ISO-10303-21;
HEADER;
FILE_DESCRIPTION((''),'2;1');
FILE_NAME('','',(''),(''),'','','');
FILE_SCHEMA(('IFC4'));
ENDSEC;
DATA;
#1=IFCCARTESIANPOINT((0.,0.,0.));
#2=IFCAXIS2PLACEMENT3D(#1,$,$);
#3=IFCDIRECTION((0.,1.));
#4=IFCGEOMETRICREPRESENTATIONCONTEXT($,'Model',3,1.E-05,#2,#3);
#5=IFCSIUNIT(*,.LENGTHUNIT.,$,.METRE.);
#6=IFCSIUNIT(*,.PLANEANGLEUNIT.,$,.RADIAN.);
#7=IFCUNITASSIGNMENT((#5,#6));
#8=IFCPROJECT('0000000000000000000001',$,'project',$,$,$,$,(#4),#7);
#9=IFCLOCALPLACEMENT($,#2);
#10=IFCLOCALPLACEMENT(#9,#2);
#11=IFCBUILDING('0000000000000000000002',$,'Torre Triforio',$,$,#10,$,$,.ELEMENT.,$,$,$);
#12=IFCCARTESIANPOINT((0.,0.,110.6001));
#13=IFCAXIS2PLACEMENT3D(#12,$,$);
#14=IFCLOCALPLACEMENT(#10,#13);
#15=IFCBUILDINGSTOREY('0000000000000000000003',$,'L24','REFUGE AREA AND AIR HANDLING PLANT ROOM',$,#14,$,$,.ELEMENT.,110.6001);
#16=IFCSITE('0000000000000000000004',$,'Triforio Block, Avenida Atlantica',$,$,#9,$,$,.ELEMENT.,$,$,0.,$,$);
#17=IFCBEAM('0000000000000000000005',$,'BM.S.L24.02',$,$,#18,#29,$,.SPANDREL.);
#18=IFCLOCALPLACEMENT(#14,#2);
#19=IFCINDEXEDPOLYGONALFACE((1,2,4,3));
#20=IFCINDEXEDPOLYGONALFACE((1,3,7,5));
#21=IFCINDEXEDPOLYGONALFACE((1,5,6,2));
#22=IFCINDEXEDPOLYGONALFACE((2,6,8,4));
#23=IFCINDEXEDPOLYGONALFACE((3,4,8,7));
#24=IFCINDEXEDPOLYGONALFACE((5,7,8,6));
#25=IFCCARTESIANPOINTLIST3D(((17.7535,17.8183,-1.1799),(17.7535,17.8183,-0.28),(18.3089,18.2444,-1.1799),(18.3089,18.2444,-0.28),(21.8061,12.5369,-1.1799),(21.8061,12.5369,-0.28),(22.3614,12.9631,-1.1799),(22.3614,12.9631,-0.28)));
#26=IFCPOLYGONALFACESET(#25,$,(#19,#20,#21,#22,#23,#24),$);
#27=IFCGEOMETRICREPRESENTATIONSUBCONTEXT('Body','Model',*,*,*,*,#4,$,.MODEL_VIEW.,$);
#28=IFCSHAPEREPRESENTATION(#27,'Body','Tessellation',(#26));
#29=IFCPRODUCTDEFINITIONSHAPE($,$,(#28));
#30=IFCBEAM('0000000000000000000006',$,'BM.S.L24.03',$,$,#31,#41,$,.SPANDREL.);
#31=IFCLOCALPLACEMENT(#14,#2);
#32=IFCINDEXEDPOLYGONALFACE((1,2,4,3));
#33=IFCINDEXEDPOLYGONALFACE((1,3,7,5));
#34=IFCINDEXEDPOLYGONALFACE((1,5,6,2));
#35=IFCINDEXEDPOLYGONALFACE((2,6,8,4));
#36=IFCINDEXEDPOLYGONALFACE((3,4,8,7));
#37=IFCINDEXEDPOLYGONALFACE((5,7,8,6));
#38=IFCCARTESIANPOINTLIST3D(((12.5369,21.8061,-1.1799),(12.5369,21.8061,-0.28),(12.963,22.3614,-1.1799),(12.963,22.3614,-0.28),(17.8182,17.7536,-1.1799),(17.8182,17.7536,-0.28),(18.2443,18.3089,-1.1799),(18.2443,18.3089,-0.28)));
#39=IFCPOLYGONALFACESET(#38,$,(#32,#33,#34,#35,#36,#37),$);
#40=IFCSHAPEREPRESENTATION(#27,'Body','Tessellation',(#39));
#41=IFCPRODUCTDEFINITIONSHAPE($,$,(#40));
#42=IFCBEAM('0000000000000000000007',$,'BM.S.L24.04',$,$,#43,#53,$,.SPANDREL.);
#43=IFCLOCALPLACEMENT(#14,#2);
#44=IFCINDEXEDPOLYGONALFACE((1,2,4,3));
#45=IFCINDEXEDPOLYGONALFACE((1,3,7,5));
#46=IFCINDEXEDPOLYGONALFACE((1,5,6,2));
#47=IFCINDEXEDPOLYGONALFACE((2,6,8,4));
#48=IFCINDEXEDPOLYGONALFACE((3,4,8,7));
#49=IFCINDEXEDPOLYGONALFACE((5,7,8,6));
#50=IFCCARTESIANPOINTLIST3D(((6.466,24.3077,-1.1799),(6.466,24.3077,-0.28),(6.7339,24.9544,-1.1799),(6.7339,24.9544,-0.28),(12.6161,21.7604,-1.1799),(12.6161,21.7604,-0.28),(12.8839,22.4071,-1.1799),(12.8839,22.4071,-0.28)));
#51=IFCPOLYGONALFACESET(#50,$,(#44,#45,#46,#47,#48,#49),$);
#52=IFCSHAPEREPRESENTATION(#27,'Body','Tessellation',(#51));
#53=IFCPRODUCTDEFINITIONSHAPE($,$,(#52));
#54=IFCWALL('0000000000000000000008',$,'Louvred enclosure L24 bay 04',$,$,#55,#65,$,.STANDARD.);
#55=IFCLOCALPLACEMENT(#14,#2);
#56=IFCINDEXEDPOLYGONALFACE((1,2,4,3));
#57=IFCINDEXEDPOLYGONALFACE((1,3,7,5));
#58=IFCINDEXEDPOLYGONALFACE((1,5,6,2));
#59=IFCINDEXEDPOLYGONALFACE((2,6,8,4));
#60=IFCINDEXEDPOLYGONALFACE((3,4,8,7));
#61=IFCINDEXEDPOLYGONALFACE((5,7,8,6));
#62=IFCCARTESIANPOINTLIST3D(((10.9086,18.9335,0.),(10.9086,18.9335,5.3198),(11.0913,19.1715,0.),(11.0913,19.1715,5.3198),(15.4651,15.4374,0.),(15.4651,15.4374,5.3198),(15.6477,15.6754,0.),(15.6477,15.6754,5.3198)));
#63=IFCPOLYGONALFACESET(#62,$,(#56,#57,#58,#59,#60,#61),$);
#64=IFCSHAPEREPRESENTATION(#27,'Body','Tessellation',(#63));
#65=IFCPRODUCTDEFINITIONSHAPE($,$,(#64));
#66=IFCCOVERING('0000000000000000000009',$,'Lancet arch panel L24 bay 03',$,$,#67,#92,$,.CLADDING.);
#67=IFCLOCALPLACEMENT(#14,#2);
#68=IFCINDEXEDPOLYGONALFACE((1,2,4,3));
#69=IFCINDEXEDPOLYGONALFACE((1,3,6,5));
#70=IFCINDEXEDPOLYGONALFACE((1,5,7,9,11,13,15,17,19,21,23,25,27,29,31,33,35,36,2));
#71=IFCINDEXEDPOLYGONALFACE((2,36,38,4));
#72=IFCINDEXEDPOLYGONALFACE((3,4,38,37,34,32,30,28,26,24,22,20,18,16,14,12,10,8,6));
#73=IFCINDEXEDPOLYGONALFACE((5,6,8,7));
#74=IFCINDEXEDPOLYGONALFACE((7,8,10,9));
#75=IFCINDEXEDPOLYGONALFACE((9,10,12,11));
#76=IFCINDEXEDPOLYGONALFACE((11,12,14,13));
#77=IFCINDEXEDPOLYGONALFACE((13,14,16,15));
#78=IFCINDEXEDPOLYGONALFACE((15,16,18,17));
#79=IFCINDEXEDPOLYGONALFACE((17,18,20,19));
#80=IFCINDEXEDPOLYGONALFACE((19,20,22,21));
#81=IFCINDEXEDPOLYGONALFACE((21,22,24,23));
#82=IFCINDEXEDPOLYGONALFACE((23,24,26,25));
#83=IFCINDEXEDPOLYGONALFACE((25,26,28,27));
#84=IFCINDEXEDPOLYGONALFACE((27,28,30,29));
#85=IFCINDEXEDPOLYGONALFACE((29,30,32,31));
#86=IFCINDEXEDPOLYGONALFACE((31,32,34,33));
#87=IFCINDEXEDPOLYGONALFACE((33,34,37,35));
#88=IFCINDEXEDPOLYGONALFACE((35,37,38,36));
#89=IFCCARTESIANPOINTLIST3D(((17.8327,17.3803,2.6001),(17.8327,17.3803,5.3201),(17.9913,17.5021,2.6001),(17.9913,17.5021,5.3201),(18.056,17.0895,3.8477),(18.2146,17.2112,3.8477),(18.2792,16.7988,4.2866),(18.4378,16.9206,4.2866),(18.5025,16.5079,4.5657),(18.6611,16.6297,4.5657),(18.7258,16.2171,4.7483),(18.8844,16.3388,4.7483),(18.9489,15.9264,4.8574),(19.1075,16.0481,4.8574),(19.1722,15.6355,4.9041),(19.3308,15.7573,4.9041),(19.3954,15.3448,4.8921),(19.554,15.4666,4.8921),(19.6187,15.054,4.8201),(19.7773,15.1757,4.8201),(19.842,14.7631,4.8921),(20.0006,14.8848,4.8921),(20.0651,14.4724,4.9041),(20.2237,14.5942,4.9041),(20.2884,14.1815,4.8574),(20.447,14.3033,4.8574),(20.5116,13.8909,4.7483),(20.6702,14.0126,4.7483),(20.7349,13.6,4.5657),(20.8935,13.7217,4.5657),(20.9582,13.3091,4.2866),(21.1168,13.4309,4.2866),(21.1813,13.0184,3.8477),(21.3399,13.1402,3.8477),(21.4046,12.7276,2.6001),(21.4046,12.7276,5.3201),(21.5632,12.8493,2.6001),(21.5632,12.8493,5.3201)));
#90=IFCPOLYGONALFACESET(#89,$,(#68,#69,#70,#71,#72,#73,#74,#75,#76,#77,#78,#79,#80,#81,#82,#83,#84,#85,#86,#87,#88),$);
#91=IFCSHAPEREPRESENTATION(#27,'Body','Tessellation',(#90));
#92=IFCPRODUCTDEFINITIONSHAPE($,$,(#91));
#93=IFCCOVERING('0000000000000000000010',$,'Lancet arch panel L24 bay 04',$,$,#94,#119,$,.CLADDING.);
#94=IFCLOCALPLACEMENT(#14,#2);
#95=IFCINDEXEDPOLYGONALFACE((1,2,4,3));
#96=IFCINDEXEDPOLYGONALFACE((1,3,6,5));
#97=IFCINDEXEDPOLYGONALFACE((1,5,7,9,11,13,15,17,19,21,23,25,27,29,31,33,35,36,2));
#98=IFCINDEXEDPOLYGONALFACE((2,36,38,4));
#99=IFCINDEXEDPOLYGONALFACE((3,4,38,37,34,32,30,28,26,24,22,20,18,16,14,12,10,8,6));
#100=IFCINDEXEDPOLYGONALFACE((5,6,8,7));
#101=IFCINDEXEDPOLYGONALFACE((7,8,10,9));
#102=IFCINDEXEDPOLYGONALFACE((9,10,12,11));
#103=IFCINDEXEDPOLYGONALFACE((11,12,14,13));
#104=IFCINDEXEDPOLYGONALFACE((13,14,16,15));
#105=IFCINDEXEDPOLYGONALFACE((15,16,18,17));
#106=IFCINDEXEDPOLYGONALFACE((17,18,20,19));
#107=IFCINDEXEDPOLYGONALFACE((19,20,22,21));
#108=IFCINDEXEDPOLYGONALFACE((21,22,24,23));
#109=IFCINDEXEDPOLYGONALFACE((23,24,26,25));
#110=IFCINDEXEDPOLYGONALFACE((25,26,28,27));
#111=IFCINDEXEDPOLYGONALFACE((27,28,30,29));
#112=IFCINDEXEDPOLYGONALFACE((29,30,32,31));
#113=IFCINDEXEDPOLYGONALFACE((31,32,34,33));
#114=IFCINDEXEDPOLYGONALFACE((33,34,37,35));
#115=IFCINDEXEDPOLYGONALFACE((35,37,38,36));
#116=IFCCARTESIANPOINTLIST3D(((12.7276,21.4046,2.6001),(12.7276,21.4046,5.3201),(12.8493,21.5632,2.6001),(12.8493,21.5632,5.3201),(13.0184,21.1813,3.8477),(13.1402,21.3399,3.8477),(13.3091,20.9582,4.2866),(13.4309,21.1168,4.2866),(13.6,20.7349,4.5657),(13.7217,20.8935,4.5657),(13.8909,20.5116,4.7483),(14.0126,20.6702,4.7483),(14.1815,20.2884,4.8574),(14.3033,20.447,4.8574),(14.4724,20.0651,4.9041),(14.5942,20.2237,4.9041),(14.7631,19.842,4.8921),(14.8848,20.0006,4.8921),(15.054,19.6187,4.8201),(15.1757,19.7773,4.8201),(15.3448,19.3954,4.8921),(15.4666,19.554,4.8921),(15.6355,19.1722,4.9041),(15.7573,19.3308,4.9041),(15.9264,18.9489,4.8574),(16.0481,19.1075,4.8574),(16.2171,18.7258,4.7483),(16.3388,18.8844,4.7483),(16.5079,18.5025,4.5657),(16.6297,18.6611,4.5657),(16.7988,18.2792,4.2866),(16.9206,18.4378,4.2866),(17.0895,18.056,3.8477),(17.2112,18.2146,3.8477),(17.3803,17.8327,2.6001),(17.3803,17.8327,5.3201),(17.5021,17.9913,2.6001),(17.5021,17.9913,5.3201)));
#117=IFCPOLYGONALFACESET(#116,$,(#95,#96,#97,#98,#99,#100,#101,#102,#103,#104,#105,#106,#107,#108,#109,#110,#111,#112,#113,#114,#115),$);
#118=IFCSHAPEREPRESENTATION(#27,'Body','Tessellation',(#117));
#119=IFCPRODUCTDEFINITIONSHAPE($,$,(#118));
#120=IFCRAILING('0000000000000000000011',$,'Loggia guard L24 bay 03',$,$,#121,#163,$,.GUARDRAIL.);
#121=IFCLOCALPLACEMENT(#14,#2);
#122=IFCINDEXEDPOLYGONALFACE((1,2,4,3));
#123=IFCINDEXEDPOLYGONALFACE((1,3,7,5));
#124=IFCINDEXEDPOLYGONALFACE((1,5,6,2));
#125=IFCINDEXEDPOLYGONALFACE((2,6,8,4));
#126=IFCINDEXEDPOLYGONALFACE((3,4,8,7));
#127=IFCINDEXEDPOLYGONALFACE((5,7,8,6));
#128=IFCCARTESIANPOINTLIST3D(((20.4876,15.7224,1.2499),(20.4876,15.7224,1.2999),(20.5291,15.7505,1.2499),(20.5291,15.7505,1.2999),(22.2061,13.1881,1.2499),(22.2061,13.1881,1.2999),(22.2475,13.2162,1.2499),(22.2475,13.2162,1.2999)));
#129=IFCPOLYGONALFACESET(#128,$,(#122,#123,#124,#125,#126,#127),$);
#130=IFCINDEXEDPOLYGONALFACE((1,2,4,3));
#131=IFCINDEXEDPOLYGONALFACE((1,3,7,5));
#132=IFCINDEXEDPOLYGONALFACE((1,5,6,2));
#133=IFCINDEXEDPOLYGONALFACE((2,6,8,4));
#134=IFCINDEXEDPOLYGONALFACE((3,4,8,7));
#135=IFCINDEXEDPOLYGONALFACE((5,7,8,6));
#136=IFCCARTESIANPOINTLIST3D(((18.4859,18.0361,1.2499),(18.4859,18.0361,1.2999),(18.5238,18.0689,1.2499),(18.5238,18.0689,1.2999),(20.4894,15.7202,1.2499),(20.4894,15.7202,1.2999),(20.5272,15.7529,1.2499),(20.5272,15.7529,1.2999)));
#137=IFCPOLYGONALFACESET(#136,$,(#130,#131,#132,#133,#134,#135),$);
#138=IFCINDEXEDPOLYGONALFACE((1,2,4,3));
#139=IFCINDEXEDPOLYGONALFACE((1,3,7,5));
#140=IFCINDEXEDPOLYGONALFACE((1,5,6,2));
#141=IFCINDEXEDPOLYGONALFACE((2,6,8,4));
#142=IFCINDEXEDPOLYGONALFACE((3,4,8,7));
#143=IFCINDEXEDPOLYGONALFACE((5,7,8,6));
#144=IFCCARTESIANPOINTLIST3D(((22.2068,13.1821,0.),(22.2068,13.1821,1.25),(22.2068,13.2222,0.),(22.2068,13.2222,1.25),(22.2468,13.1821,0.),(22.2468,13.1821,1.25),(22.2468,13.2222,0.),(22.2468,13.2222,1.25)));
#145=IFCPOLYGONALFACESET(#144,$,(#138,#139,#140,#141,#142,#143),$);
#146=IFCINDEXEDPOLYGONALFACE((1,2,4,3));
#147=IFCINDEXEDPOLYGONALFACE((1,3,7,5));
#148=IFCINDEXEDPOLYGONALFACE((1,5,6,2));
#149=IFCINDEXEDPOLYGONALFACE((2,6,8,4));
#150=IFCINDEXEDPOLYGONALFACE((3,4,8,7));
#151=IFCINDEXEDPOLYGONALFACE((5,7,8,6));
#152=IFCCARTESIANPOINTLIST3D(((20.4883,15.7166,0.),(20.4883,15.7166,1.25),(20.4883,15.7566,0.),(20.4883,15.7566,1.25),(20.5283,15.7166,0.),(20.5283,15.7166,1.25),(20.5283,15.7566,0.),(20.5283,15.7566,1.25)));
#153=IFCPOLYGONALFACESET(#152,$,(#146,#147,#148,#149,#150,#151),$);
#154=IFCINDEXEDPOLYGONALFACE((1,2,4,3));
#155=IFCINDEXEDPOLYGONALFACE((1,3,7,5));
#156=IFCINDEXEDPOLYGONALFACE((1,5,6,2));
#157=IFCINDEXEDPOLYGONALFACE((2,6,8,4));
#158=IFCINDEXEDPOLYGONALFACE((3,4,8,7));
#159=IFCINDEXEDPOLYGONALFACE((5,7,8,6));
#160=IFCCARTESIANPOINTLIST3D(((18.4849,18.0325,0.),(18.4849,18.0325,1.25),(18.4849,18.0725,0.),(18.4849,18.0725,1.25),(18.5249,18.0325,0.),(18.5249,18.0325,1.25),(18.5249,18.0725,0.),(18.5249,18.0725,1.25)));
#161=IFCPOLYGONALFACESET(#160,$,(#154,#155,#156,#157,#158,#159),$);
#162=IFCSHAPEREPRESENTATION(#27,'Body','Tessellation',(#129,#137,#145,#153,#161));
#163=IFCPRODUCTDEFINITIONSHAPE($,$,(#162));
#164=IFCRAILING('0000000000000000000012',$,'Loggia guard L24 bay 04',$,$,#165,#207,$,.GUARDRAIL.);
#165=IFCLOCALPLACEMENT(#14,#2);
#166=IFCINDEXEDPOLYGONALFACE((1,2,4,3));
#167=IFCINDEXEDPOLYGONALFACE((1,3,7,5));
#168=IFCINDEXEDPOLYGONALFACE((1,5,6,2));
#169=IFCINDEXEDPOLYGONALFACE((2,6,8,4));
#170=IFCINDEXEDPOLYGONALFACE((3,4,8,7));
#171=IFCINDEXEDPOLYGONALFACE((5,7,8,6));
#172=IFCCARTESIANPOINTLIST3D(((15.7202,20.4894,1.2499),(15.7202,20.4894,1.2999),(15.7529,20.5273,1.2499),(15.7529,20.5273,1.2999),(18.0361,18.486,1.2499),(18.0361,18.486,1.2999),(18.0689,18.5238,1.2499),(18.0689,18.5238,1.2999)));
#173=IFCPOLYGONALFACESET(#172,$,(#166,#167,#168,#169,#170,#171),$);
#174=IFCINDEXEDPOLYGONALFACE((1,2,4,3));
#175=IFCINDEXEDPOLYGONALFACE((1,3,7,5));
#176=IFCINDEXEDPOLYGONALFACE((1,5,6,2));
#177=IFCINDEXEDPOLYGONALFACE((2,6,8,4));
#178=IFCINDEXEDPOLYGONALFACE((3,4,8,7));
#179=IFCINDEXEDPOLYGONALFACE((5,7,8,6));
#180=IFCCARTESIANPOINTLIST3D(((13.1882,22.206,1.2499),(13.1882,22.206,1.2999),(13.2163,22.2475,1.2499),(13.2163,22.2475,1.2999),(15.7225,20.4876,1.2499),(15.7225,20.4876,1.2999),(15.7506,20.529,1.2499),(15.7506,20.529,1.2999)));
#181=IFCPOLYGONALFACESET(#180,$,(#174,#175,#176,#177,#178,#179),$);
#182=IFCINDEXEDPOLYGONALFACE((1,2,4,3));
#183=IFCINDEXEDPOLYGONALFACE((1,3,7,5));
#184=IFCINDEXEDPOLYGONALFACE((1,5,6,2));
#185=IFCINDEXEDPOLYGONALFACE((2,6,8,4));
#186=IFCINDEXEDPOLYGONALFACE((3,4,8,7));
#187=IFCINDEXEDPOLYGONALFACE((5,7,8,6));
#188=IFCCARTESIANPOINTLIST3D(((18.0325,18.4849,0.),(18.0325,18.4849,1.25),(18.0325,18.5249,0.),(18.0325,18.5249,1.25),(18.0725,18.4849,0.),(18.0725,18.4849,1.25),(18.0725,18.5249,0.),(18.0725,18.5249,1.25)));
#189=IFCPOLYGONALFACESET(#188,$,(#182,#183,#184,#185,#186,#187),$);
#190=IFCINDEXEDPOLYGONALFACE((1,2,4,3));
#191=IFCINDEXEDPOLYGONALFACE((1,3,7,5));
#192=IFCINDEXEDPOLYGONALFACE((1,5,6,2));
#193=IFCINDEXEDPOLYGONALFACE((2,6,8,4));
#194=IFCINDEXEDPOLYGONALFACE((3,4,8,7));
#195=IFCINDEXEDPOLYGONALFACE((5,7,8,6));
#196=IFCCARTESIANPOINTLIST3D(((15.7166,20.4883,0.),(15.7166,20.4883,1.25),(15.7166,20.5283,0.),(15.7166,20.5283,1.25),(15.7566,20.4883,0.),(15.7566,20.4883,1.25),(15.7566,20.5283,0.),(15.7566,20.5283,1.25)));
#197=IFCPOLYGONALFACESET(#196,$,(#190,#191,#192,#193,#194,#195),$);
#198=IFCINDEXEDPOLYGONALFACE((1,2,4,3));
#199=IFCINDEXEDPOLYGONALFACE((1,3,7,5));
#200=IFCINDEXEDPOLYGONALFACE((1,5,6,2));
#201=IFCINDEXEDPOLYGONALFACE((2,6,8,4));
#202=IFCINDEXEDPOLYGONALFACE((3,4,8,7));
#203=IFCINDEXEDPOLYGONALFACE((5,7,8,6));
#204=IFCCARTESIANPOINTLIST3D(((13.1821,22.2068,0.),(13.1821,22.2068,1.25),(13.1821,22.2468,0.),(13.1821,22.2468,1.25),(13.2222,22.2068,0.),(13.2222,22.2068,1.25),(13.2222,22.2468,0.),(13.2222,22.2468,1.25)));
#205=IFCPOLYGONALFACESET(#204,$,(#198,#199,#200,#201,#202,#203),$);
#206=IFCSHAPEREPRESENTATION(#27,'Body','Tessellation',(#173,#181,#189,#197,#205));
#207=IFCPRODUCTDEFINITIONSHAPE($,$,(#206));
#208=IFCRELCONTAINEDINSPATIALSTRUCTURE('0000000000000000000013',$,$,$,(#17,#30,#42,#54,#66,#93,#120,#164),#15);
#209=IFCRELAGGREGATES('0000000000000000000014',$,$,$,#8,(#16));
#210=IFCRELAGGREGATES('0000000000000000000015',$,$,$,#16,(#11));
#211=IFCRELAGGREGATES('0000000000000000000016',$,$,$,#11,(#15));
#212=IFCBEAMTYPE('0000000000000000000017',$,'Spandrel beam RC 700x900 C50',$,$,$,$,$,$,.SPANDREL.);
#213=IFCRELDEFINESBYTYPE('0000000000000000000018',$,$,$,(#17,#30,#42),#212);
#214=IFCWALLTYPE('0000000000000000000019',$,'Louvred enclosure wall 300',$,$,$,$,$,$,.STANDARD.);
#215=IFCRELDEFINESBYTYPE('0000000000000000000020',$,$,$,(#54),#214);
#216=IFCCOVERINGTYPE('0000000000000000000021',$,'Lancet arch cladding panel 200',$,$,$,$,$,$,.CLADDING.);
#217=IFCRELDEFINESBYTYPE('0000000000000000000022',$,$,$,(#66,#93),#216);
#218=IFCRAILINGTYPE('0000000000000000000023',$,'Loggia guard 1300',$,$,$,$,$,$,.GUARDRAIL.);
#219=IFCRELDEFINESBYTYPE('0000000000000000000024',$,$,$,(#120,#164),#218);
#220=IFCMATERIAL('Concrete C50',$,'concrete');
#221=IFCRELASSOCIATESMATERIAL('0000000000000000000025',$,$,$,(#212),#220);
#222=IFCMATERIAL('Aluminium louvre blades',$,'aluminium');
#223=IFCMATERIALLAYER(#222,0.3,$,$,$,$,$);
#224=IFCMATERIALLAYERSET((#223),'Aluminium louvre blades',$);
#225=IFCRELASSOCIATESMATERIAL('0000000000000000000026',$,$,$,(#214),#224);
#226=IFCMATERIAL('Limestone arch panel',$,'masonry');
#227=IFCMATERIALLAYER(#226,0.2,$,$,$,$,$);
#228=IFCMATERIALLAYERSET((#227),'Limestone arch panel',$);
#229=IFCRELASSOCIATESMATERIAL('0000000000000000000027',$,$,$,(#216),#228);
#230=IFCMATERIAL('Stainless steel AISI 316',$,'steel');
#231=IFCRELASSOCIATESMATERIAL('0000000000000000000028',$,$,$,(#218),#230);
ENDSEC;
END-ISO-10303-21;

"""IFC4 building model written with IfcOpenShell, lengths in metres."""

from ifc_helpers import new_model, si_unit, direction, frame, frame_2d, origin, origin_2d, place, context, subcontext, project, spatial, polyline, rectangle, outline, extrude, material, layer, layer_set, material_profile, profile_set, type_object, element, save


model = new_model("IFC4")

# Units and contexts
model_context = context("Model", 3, precision=1e-05, world=origin(), true_north=direction((0.0, 1.0)))
body_context = subcontext(model_context, "Body", "Model", "MODEL_VIEW")
ifc_project = project(units=[si_unit("LENGTHUNIT", "METRE"), si_unit("PLANEANGLEUNIT", "RADIAN")], contexts=[model_context])

# Site, building, storey
site_placement = place(None, origin())
site = spatial("IfcSite", under=ifc_project, at=site_placement, Name="Triforio Block, Avenida Atlantica", CompositionType="ELEMENT", RefElevation=0.0)
building_placement = place(site_placement, origin())
building = spatial("IfcBuilding", under=site, at=building_placement, Name="Torre Triforio", CompositionType="ELEMENT")
storey_placement = place(building_placement, frame((0.0, 0.0, 110.6001)))
storey = spatial("IfcBuildingStorey", under=building, at=storey_placement, Name="L24", Description="REFUGE AREA AND AIR HANDLING PLANT ROOM", CompositionType="ELEMENT", Elevation=110.6001)

# Beams
ifc_material_1 = material(Name="Concrete C50", Category="concrete")
ifc_material_profile_1 = material_profile(ifc_material_1, rectangle(XDim=0.7, YDim=0.8999, at=origin_2d()), Name="RC 700x900")
ifc_profile_set_1 = profile_set([ifc_material_profile_1], Name="Concrete C50")
beam_type = type_object("IfcBeamType", Name="Spandrel beam RC 700x900 C50", PredefinedType="SPANDREL", material=ifc_profile_set_1)
for number, where, z_axis, x_axis, name in (
    (1, (22.0837, 12.75, -0.73), (-0.608766, 0.79335, 0.0), (-0.79335, -0.608766, 0.0), "BM.S.L24.02"),
    (2, (18.0312, 18.0312, -0.73), (-0.79335, 0.608766, 0.0), (-0.608766, -0.79335, 0.0), "BM.S.L24.03"),
):
    element("IfcBeam", number, at=place(storey_placement, frame(where, z_axis=z_axis, x_axis=x_axis)), inside=storey, type_object=beam_type, Name=name, PredefinedType="SPANDREL", context=body_context, shape_type="SweptSolid", body=[
        extrude(rectangle(XDim=0.7, YDim=0.8999, at=origin_2d()), origin(), (0.0, 0.0, 1.0), 6.657),
    ])
beam_placement = place(storey_placement, frame((12.75, 22.0837, -0.73), z_axis=(-0.923885, 0.382669, 0.0), x_axis=(-0.382669, -0.923885, 0.0)))
element("IfcBeam", 3, at=beam_placement, inside=storey, type_object=beam_type, Name="BM.S.L24.04", PredefinedType="SPANDREL", context=body_context, shape_type="SweptSolid", body=[
    extrude(rectangle(XDim=0.7, YDim=0.8999, at=origin_2d()), origin(), (0.0, 0.0, 1.0), 6.6567),
])

# Wall
ifc_material_2 = material(Name="Aluminium louvre blades", Category="aluminium")
ifc_layer_1 = layer(ifc_material_2, 0.3)
ifc_layer_set_1 = layer_set([ifc_layer_1], Name="Aluminium louvre blades")
wall_type = type_object("IfcWallType", Name="Louvred enclosure wall 300", PredefinedType="STANDARD", material=ifc_layer_set_1)
wall_placement = place(storey_placement, frame((15.5564, 15.5564, 0.0), z_axis=(0.0, 0.0, 1.0), x_axis=(-0.793366, 0.608745, 0.0)))
element("IfcWall", 4, at=wall_placement, inside=storey, type_object=wall_type, Name="Louvred enclosure L24 bay 04", PredefinedType="STANDARD", context=body_context, shape_type="SweptSolid", body=[
    extrude(rectangle(XDim=5.7432, YDim=0.3, at=frame_2d((2.8716, 0.0))), origin(), (0.0, 0.0, 1.0), 5.3198),
])

# Coverings
ifc_material_3 = material(Name="Limestone arch panel", Category="masonry")
ifc_layer_2 = layer(ifc_material_3, 0.2)
ifc_layer_set_2 = layer_set([ifc_layer_2], Name="Limestone arch panel")
covering_type_1 = type_object("IfcCoveringType", Name="Lancet arch cladding panel 200", PredefinedType="CLADDING", material=ifc_layer_set_2)
for number, where, z_axis, x_axis, name in (
    (5, (19.6187, 15.054, 0.0), (0.793213, 0.608944, 0.0), (-0.608944, 0.793213, 0.0), "Lancet arch panel L24 bay 03"),
    (6, (15.054, 19.6187, 0.0), (0.608944, 0.793213, 0.0), (-0.793213, 0.608944, 0.0), "Lancet arch panel L24 bay 04"),
):
    element("IfcCovering", number, at=place(storey_placement, frame(where, z_axis=z_axis, x_axis=x_axis)), inside=storey, type_object=covering_type_1, Name=name, PredefinedType="CLADDING", context=body_context, shape_type="SweptSolid", body=[
        extrude(outline(polyline([(-2.9329, 5.3201), (-2.9329, 2.6001), (-2.5662, 3.8477), (-2.1997, 4.2866), (-1.833, 4.5657), (-1.4663, 4.7483), (-1.0999, 4.8574), (-0.7332, 4.9041), (-0.3667, 4.8921), (0.0, 4.8201), (0.3667, 4.8921), (0.7332, 4.9041), (1.0999, 4.8574), (1.4663, 4.7483), (1.833, 4.5657), (2.1997, 4.2866), (2.5662, 3.8477), (2.9329, 2.6001), (2.9329, 5.3201), (-2.9329, 5.3201)])), origin(), (0.0, 0.0, 1.0), 0.2),
    ])

# Railings
ifc_material_4 = material(Name="Stainless steel AISI 316", Category="steel")
railing_type = type_object("IfcRailingType", Name="Loggia guard 1300", PredefinedType="GUARDRAIL", material=ifc_material_4)
railing_1_placement = place(storey_placement, frame((22.2268, 13.2021, 0.0)))
element("IfcRailing", 7, at=railing_1_placement, inside=storey, type_object=railing_type, Name="Loggia guard L24 bay 03", PredefinedType="GUARDRAIL", context=body_context, shape_type="SweptSolid", body=[
    extrude(rectangle(XDim=0.05, YDim=0.05, at=origin_2d()), frame((0.0, 0.0, 1.2749), z_axis=(-0.561215, 0.82767, 0.0), x_axis=(-0.82767, -0.561215, 0.0)), (0.0, 0.0, 1.0), 3.062),
    extrude(rectangle(XDim=0.05, YDim=0.05, at=origin_2d()), frame((-1.7185, 2.5344, 1.2749), z_axis=(-0.654238, 0.756289, 0.0), x_axis=(-0.756289, -0.654238, 0.0)), (0.0, 0.0, 1.0), 3.0623),
    extrude(rectangle(XDim=0.04, YDim=0.04, at=origin_2d()), origin(), (0.0, 0.0, 1.0), 1.25),
    extrude(rectangle(XDim=0.04, YDim=0.04, at=origin_2d()), frame((-1.7185, 2.5344, 0.0)), (0.0, 0.0, 1.0), 1.25),
    extrude(rectangle(XDim=0.04, YDim=0.04, at=origin_2d()), frame((-3.7219, 4.8503, 0.0)), (0.0, 0.0, 1.0), 1.25),
])
railing_2_placement = place(storey_placement, frame((18.0525, 18.5049, 0.0)))
element("IfcRailing", 8, at=railing_2_placement, inside=storey, type_object=railing_type, Name="Loggia guard L24 bay 04", PredefinedType="GUARDRAIL", context=body_context, shape_type="SweptSolid", body=[
    extrude(rectangle(XDim=0.05, YDim=0.05, at=origin_2d()), frame((0.0, 0.0, 1.2749), z_axis=(-0.756289, 0.654238, 0.0), x_axis=(-0.654238, -0.756289, 0.0)), (0.0, 0.0, 1.0), 3.0623),
    extrude(rectangle(XDim=0.05, YDim=0.05, at=origin_2d()), frame((-2.3159, 2.0034, 1.2749), z_axis=(-0.82767, 0.561215, 0.0), x_axis=(-0.561215, -0.82767, 0.0)), (0.0, 0.0, 1.0), 3.062),
    extrude(rectangle(XDim=0.04, YDim=0.04, at=origin_2d()), origin(), (0.0, 0.0, 1.0), 1.25),
    extrude(rectangle(XDim=0.04, YDim=0.04, at=origin_2d()), frame((-2.3159, 2.0034, 0.0)), (0.0, 0.0, 1.0), 1.25),
    extrude(rectangle(XDim=0.04, YDim=0.04, at=origin_2d()), frame((-4.8503, 3.7219, 0.0)), (0.0, 0.0, 1.0), 1.25),
])

save(model, "model.ifc")
